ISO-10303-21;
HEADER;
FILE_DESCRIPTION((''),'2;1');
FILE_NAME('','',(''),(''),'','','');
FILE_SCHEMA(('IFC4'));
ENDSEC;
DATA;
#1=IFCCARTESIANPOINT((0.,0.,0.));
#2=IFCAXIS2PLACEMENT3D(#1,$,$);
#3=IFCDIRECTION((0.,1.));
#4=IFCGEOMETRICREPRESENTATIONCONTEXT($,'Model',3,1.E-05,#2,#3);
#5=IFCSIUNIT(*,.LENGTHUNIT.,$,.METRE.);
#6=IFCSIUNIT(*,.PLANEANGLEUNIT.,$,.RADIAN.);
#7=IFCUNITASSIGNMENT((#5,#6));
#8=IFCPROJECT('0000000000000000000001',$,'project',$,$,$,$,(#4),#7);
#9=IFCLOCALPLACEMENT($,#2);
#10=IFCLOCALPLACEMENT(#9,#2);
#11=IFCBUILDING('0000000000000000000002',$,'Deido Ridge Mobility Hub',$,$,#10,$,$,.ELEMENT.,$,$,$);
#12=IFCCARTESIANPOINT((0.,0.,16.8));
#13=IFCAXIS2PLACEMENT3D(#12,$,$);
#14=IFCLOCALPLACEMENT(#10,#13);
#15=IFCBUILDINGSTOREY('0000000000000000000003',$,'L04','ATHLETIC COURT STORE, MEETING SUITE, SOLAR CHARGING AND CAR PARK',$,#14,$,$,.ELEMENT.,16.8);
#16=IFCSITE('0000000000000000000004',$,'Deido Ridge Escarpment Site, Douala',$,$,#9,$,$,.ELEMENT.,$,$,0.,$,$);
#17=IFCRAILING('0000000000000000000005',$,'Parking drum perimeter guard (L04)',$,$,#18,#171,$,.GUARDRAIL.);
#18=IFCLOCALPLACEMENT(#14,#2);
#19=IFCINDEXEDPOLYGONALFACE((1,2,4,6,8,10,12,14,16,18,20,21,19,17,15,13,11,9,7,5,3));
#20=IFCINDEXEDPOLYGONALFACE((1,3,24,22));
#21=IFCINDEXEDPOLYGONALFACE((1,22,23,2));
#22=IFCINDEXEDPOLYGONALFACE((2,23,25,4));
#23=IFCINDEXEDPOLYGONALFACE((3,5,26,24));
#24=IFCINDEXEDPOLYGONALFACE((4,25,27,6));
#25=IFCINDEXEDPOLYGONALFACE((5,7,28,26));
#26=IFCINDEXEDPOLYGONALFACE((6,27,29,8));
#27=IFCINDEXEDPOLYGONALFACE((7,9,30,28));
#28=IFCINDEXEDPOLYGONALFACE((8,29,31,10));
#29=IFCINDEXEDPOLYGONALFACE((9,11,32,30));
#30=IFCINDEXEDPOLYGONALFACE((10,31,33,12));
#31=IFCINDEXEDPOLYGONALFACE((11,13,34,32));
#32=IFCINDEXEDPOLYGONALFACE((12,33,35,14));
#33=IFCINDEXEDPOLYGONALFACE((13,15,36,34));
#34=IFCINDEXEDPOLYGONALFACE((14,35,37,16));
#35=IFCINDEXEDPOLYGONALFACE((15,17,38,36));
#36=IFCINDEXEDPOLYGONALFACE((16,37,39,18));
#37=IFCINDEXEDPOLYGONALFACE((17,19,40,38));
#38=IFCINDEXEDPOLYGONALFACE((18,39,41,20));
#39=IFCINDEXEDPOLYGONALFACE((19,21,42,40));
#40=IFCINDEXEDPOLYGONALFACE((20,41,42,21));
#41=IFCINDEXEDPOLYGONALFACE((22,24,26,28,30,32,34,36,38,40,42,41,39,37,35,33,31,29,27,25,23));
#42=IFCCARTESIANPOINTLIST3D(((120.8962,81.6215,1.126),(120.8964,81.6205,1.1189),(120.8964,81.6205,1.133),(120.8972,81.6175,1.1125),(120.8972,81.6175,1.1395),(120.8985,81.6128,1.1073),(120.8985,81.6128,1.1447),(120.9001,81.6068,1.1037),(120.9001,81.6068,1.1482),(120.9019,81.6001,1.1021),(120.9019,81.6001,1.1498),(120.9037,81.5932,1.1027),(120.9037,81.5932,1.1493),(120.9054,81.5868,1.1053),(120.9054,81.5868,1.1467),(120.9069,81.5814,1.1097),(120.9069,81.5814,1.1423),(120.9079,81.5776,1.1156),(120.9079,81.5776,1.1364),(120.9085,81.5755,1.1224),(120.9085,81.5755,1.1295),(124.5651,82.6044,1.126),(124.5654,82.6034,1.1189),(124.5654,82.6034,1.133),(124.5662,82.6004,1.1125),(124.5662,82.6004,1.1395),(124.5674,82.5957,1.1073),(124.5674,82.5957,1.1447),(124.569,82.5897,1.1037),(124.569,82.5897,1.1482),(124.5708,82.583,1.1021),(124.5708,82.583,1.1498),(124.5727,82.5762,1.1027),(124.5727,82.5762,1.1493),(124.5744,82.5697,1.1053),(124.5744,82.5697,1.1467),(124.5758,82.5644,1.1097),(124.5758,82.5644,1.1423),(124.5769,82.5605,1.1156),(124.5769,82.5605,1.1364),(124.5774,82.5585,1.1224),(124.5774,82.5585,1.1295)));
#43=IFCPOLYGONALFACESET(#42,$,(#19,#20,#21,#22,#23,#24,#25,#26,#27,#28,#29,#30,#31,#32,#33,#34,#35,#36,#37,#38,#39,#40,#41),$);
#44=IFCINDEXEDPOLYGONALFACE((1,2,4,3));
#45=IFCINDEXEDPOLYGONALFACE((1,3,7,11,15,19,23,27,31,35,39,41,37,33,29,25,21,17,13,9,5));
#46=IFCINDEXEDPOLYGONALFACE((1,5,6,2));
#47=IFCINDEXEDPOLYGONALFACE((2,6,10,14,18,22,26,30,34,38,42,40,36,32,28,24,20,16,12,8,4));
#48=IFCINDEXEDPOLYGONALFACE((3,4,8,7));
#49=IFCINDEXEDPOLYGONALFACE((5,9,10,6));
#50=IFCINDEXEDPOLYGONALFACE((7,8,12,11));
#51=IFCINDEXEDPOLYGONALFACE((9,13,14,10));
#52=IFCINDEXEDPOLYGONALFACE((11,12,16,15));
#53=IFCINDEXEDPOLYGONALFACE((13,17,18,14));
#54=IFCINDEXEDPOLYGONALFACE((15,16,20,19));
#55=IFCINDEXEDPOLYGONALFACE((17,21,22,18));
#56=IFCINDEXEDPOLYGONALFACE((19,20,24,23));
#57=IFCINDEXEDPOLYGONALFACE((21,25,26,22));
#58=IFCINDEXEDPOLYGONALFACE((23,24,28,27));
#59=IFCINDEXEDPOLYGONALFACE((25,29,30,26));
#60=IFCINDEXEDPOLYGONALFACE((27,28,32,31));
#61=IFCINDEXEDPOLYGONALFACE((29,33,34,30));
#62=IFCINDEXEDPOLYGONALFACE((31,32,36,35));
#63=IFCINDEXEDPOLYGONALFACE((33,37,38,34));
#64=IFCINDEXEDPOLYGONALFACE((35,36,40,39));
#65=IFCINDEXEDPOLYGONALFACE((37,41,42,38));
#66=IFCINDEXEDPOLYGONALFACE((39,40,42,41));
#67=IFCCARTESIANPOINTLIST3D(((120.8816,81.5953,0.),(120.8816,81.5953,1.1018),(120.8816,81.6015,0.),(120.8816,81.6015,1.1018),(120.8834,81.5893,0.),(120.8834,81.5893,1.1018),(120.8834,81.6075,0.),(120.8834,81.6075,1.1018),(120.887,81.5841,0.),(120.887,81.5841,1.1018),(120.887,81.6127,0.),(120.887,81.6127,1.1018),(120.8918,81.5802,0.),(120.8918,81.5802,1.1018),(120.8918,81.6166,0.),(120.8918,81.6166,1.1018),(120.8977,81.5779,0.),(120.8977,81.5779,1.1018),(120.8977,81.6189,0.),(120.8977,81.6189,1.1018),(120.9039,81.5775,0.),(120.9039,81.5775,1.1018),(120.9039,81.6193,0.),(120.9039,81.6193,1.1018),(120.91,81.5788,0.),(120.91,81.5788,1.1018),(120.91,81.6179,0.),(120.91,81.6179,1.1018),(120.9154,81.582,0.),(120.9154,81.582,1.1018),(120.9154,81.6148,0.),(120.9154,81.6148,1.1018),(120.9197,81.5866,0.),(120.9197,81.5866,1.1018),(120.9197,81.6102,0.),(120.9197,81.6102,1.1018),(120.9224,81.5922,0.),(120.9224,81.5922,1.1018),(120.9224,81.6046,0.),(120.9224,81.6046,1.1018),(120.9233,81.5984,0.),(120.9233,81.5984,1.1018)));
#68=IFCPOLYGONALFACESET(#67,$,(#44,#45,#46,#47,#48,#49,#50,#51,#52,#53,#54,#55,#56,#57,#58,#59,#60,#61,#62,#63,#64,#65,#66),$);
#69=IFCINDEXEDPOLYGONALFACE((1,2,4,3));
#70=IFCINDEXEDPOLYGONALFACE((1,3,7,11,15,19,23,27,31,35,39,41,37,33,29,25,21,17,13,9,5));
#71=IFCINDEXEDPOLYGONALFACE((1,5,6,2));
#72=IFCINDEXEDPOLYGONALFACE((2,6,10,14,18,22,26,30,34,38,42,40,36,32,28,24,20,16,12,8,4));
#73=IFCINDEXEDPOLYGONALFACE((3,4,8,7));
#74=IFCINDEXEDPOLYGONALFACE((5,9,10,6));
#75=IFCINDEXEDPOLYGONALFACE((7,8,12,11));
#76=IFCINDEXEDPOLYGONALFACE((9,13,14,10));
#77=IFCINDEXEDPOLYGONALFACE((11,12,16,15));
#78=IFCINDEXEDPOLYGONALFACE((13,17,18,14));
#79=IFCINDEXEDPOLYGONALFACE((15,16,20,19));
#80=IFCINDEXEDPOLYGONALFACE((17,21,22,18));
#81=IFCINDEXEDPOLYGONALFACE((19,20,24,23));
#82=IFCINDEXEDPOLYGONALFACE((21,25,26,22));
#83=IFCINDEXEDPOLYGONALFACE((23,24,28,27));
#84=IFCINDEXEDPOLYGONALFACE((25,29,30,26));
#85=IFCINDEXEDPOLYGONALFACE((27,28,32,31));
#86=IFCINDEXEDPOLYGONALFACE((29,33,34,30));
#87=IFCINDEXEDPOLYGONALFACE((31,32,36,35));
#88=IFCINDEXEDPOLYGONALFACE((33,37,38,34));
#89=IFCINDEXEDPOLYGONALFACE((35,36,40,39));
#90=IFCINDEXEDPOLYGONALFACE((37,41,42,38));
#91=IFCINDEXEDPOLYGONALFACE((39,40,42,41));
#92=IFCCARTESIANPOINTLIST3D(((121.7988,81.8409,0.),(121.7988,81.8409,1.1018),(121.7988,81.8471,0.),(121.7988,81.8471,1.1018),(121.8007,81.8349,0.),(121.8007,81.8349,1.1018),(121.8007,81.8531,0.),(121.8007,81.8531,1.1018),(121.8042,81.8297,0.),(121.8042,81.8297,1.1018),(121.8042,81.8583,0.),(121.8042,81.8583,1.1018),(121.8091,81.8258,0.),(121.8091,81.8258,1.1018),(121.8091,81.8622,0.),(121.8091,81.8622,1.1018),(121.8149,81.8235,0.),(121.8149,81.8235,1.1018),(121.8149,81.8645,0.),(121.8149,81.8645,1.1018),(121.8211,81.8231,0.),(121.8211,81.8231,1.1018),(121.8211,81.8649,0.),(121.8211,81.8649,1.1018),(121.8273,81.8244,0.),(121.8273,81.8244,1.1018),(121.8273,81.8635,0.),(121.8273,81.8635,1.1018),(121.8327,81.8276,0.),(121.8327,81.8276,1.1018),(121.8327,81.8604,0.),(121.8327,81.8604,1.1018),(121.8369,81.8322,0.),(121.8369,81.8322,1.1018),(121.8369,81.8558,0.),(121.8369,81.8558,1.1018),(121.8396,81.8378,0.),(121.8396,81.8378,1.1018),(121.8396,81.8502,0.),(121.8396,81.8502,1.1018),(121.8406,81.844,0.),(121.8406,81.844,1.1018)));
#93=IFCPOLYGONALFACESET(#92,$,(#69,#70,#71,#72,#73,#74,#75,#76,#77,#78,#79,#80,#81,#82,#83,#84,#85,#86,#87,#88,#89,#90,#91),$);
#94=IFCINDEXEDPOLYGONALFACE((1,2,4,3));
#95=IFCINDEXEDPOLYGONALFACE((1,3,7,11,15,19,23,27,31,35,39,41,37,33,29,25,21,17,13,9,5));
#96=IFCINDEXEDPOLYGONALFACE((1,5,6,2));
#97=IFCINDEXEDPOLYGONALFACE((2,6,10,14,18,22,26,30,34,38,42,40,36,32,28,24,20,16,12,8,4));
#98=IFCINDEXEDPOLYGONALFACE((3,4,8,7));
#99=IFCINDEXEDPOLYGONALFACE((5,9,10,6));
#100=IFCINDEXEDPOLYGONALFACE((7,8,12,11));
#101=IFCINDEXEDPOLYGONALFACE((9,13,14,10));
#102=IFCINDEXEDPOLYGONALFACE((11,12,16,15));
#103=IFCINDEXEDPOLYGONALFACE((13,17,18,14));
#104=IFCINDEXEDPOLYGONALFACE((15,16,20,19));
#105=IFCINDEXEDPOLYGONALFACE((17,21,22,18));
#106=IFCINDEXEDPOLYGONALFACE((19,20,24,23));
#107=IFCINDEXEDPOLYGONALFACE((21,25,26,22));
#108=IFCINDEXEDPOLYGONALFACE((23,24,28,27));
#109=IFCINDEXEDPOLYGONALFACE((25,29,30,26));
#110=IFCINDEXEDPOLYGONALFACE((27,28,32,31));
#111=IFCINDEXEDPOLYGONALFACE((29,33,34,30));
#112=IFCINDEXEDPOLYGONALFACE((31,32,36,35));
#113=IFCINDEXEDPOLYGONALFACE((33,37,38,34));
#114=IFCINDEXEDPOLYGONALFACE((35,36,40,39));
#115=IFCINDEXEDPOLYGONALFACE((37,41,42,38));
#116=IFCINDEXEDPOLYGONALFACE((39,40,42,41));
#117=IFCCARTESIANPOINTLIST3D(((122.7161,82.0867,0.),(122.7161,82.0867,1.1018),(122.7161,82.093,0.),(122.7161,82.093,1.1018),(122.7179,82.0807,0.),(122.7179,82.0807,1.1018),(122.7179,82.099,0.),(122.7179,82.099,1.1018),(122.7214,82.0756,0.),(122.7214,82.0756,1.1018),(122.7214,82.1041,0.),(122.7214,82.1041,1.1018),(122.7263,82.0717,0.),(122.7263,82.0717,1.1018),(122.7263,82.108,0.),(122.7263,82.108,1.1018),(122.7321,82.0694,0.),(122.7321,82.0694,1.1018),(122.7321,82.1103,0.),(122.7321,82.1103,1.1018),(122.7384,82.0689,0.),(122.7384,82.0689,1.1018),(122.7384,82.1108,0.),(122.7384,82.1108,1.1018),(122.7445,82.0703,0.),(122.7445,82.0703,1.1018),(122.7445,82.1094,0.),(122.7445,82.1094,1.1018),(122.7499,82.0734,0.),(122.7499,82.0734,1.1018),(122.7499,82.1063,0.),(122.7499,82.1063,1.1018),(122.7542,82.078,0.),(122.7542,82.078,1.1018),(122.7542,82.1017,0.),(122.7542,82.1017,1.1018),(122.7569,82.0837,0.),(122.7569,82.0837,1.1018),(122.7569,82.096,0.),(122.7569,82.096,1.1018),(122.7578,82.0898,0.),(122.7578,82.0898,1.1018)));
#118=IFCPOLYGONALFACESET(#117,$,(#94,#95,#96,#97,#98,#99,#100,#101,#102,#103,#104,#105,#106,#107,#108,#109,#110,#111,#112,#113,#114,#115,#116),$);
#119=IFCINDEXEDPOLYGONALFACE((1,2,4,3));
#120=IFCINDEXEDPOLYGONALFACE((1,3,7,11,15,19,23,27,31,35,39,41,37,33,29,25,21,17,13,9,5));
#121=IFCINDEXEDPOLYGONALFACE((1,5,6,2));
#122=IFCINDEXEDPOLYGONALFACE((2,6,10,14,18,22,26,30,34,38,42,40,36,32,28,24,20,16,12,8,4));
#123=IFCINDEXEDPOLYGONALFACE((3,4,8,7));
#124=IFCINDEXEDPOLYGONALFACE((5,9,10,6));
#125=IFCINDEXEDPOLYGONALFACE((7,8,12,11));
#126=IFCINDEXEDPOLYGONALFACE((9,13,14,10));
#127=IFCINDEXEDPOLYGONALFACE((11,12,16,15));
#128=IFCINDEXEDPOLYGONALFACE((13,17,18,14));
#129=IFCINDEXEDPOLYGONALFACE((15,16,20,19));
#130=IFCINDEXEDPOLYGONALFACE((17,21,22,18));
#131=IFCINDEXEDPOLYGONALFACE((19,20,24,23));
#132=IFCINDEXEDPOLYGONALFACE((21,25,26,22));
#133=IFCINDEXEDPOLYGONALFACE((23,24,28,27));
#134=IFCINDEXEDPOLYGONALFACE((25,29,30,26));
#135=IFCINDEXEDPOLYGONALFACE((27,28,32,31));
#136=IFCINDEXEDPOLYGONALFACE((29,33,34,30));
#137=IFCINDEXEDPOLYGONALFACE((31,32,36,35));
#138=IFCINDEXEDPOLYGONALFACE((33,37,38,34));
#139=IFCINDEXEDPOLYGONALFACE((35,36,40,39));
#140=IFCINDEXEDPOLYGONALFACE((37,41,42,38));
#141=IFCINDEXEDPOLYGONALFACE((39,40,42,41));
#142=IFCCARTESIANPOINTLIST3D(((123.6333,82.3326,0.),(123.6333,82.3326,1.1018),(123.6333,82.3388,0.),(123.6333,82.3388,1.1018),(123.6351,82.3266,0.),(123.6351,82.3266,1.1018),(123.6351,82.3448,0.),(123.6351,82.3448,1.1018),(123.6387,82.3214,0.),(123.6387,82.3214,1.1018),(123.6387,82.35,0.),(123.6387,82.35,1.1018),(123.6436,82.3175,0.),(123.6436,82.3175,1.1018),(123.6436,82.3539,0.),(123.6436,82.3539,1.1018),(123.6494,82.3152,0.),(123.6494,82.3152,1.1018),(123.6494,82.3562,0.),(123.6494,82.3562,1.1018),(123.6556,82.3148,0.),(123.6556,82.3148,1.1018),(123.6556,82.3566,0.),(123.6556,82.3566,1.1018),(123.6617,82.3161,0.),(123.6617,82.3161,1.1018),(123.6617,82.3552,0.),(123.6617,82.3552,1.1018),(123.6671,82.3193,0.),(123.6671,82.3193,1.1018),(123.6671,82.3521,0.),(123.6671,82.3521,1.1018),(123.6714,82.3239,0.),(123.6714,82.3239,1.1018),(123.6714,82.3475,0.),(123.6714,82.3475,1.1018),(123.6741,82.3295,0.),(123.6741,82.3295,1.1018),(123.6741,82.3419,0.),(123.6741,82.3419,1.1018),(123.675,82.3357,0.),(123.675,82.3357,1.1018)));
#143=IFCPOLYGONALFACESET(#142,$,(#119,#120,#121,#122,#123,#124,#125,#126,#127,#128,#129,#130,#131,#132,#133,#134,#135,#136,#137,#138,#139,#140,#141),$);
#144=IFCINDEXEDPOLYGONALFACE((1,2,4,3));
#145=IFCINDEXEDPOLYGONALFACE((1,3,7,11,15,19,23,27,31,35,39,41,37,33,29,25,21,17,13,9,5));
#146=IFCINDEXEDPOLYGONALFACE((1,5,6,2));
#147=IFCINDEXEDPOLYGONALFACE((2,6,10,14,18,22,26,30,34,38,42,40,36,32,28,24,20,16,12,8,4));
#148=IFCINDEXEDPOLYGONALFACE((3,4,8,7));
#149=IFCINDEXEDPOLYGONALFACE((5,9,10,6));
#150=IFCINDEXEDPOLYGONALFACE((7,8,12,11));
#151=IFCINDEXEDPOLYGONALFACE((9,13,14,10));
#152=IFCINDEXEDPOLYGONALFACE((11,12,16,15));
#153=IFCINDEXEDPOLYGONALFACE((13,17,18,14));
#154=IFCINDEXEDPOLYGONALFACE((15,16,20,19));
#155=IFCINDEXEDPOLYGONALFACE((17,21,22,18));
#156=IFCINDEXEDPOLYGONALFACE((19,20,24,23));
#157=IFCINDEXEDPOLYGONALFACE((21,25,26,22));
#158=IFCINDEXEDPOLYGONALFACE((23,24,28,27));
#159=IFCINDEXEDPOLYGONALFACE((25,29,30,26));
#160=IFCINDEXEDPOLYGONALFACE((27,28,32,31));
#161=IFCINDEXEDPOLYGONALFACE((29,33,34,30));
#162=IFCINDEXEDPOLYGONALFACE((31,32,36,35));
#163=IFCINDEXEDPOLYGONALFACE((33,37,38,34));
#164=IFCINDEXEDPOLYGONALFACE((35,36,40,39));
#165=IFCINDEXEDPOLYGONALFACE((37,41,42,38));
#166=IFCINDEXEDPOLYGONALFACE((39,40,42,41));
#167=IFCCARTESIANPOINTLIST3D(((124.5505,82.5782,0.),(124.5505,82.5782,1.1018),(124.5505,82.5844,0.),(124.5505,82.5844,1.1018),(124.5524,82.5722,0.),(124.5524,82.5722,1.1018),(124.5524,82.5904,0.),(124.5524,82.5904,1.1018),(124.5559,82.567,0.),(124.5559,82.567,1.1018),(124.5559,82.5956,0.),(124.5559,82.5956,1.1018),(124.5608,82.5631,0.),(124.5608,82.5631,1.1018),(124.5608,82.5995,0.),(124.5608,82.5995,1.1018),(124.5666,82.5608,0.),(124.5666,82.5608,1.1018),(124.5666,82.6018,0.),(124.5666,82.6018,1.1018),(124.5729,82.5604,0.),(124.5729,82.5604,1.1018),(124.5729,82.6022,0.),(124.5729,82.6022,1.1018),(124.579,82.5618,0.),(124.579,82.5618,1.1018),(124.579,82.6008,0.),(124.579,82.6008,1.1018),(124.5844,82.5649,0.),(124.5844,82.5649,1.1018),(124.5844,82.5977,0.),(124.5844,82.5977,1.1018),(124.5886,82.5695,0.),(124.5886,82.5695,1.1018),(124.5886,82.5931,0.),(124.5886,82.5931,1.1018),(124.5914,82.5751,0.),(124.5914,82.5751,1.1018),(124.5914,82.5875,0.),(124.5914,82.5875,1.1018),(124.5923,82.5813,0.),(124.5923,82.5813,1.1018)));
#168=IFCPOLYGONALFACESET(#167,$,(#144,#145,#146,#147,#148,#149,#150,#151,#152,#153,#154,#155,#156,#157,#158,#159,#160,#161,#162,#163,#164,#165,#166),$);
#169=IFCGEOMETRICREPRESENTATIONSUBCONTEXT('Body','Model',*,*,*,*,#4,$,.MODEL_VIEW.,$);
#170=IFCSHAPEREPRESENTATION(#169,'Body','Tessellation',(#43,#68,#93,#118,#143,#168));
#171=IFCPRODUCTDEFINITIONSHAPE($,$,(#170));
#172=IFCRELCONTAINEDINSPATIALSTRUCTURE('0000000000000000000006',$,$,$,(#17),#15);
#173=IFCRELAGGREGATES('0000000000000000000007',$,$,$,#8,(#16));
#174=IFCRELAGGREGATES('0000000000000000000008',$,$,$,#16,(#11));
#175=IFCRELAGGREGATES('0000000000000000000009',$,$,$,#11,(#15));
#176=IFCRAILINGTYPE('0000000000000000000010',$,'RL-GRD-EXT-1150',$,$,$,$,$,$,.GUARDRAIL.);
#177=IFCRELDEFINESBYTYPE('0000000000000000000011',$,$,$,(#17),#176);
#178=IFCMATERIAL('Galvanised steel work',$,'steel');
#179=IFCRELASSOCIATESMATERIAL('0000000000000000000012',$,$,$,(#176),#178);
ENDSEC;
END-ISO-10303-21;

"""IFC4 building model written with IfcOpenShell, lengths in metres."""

from ifc_helpers import new_model, si_unit, direction, frame, origin, origin_2d, place, context, subcontext, project, spatial, circle, extrude, material, type_object, element, save


model = new_model("IFC4")

# Units and contexts
model_context = context("Model", 3, precision=1e-05, world=origin(), true_north=direction((0.0, 1.0)))
body_context = subcontext(model_context, "Body", "Model", "MODEL_VIEW")
ifc_project = project(units=[si_unit("LENGTHUNIT", "METRE"), si_unit("PLANEANGLEUNIT", "RADIAN")], contexts=[model_context])

# Site, building, storey
site_placement = place(None, origin())
site = spatial("IfcSite", under=ifc_project, at=site_placement, Name="Deido Ridge Escarpment Site, Douala", CompositionType="ELEMENT", RefElevation=0.0)
building_placement = place(site_placement, origin())
building = spatial("IfcBuilding", under=site, at=building_placement, Name="Deido Ridge Mobility Hub", CompositionType="ELEMENT")
storey_placement = place(building_placement, frame((0.0, 0.0, 16.8)))
storey = spatial("IfcBuildingStorey", under=building, at=storey_placement, Name="L04", Description="ATHLETIC COURT STORE, MEETING SUITE, SOLAR CHARGING AND CAR PARK", CompositionType="ELEMENT", Elevation=16.8)

# Railing
ifc_material_1 = material(Name="Galvanised steel work", Category="steel")
railing_type = type_object("IfcRailingType", Name="RL-GRD-EXT-1150", PredefinedType="GUARDRAIL", material=ifc_material_1)
railing_1_placement = place(storey_placement, frame((120.9023, 81.5984, 0.0)))
element("IfcRailing", 1, at=railing_1_placement, inside=storey, type_object=railing_type, Name="Parking drum perimeter guard (L04)", PredefinedType="GUARDRAIL", context=body_context, shape_type="SweptSolid", body=[
    extrude(circle(Radius=0.0239, at=origin_2d()), frame((0.0, 0.0, 1.126), z_axis=(0.965938, 0.258775, 0.0), x_axis=(-0.258775, 0.965938, 0.0)), (0.0, 0.0, 1.0), 3.7983),
    extrude(circle(Radius=0.021, at=origin_2d()), origin(), (0.0, 0.0, 1.0), 1.1018),
    extrude(circle(Radius=0.021, at=origin_2d()), frame((0.9172, 0.2456, 0.0)), (0.0, 0.0, 1.0), 1.1018),
    extrude(circle(Radius=0.021, at=origin_2d()), frame((1.8345, 0.4915, 0.0)), (0.0, 0.0, 1.0), 1.1018),
    extrude(circle(Radius=0.021, at=origin_2d()), frame((2.7517, 0.7373, 0.0)), (0.0, 0.0, 1.0), 1.1018),
    extrude(circle(Radius=0.021, at=origin_2d()), frame((3.6689, 0.9829, 0.0)), (0.0, 0.0, 1.0), 1.1018),
])

save(model, "model.ifc")
